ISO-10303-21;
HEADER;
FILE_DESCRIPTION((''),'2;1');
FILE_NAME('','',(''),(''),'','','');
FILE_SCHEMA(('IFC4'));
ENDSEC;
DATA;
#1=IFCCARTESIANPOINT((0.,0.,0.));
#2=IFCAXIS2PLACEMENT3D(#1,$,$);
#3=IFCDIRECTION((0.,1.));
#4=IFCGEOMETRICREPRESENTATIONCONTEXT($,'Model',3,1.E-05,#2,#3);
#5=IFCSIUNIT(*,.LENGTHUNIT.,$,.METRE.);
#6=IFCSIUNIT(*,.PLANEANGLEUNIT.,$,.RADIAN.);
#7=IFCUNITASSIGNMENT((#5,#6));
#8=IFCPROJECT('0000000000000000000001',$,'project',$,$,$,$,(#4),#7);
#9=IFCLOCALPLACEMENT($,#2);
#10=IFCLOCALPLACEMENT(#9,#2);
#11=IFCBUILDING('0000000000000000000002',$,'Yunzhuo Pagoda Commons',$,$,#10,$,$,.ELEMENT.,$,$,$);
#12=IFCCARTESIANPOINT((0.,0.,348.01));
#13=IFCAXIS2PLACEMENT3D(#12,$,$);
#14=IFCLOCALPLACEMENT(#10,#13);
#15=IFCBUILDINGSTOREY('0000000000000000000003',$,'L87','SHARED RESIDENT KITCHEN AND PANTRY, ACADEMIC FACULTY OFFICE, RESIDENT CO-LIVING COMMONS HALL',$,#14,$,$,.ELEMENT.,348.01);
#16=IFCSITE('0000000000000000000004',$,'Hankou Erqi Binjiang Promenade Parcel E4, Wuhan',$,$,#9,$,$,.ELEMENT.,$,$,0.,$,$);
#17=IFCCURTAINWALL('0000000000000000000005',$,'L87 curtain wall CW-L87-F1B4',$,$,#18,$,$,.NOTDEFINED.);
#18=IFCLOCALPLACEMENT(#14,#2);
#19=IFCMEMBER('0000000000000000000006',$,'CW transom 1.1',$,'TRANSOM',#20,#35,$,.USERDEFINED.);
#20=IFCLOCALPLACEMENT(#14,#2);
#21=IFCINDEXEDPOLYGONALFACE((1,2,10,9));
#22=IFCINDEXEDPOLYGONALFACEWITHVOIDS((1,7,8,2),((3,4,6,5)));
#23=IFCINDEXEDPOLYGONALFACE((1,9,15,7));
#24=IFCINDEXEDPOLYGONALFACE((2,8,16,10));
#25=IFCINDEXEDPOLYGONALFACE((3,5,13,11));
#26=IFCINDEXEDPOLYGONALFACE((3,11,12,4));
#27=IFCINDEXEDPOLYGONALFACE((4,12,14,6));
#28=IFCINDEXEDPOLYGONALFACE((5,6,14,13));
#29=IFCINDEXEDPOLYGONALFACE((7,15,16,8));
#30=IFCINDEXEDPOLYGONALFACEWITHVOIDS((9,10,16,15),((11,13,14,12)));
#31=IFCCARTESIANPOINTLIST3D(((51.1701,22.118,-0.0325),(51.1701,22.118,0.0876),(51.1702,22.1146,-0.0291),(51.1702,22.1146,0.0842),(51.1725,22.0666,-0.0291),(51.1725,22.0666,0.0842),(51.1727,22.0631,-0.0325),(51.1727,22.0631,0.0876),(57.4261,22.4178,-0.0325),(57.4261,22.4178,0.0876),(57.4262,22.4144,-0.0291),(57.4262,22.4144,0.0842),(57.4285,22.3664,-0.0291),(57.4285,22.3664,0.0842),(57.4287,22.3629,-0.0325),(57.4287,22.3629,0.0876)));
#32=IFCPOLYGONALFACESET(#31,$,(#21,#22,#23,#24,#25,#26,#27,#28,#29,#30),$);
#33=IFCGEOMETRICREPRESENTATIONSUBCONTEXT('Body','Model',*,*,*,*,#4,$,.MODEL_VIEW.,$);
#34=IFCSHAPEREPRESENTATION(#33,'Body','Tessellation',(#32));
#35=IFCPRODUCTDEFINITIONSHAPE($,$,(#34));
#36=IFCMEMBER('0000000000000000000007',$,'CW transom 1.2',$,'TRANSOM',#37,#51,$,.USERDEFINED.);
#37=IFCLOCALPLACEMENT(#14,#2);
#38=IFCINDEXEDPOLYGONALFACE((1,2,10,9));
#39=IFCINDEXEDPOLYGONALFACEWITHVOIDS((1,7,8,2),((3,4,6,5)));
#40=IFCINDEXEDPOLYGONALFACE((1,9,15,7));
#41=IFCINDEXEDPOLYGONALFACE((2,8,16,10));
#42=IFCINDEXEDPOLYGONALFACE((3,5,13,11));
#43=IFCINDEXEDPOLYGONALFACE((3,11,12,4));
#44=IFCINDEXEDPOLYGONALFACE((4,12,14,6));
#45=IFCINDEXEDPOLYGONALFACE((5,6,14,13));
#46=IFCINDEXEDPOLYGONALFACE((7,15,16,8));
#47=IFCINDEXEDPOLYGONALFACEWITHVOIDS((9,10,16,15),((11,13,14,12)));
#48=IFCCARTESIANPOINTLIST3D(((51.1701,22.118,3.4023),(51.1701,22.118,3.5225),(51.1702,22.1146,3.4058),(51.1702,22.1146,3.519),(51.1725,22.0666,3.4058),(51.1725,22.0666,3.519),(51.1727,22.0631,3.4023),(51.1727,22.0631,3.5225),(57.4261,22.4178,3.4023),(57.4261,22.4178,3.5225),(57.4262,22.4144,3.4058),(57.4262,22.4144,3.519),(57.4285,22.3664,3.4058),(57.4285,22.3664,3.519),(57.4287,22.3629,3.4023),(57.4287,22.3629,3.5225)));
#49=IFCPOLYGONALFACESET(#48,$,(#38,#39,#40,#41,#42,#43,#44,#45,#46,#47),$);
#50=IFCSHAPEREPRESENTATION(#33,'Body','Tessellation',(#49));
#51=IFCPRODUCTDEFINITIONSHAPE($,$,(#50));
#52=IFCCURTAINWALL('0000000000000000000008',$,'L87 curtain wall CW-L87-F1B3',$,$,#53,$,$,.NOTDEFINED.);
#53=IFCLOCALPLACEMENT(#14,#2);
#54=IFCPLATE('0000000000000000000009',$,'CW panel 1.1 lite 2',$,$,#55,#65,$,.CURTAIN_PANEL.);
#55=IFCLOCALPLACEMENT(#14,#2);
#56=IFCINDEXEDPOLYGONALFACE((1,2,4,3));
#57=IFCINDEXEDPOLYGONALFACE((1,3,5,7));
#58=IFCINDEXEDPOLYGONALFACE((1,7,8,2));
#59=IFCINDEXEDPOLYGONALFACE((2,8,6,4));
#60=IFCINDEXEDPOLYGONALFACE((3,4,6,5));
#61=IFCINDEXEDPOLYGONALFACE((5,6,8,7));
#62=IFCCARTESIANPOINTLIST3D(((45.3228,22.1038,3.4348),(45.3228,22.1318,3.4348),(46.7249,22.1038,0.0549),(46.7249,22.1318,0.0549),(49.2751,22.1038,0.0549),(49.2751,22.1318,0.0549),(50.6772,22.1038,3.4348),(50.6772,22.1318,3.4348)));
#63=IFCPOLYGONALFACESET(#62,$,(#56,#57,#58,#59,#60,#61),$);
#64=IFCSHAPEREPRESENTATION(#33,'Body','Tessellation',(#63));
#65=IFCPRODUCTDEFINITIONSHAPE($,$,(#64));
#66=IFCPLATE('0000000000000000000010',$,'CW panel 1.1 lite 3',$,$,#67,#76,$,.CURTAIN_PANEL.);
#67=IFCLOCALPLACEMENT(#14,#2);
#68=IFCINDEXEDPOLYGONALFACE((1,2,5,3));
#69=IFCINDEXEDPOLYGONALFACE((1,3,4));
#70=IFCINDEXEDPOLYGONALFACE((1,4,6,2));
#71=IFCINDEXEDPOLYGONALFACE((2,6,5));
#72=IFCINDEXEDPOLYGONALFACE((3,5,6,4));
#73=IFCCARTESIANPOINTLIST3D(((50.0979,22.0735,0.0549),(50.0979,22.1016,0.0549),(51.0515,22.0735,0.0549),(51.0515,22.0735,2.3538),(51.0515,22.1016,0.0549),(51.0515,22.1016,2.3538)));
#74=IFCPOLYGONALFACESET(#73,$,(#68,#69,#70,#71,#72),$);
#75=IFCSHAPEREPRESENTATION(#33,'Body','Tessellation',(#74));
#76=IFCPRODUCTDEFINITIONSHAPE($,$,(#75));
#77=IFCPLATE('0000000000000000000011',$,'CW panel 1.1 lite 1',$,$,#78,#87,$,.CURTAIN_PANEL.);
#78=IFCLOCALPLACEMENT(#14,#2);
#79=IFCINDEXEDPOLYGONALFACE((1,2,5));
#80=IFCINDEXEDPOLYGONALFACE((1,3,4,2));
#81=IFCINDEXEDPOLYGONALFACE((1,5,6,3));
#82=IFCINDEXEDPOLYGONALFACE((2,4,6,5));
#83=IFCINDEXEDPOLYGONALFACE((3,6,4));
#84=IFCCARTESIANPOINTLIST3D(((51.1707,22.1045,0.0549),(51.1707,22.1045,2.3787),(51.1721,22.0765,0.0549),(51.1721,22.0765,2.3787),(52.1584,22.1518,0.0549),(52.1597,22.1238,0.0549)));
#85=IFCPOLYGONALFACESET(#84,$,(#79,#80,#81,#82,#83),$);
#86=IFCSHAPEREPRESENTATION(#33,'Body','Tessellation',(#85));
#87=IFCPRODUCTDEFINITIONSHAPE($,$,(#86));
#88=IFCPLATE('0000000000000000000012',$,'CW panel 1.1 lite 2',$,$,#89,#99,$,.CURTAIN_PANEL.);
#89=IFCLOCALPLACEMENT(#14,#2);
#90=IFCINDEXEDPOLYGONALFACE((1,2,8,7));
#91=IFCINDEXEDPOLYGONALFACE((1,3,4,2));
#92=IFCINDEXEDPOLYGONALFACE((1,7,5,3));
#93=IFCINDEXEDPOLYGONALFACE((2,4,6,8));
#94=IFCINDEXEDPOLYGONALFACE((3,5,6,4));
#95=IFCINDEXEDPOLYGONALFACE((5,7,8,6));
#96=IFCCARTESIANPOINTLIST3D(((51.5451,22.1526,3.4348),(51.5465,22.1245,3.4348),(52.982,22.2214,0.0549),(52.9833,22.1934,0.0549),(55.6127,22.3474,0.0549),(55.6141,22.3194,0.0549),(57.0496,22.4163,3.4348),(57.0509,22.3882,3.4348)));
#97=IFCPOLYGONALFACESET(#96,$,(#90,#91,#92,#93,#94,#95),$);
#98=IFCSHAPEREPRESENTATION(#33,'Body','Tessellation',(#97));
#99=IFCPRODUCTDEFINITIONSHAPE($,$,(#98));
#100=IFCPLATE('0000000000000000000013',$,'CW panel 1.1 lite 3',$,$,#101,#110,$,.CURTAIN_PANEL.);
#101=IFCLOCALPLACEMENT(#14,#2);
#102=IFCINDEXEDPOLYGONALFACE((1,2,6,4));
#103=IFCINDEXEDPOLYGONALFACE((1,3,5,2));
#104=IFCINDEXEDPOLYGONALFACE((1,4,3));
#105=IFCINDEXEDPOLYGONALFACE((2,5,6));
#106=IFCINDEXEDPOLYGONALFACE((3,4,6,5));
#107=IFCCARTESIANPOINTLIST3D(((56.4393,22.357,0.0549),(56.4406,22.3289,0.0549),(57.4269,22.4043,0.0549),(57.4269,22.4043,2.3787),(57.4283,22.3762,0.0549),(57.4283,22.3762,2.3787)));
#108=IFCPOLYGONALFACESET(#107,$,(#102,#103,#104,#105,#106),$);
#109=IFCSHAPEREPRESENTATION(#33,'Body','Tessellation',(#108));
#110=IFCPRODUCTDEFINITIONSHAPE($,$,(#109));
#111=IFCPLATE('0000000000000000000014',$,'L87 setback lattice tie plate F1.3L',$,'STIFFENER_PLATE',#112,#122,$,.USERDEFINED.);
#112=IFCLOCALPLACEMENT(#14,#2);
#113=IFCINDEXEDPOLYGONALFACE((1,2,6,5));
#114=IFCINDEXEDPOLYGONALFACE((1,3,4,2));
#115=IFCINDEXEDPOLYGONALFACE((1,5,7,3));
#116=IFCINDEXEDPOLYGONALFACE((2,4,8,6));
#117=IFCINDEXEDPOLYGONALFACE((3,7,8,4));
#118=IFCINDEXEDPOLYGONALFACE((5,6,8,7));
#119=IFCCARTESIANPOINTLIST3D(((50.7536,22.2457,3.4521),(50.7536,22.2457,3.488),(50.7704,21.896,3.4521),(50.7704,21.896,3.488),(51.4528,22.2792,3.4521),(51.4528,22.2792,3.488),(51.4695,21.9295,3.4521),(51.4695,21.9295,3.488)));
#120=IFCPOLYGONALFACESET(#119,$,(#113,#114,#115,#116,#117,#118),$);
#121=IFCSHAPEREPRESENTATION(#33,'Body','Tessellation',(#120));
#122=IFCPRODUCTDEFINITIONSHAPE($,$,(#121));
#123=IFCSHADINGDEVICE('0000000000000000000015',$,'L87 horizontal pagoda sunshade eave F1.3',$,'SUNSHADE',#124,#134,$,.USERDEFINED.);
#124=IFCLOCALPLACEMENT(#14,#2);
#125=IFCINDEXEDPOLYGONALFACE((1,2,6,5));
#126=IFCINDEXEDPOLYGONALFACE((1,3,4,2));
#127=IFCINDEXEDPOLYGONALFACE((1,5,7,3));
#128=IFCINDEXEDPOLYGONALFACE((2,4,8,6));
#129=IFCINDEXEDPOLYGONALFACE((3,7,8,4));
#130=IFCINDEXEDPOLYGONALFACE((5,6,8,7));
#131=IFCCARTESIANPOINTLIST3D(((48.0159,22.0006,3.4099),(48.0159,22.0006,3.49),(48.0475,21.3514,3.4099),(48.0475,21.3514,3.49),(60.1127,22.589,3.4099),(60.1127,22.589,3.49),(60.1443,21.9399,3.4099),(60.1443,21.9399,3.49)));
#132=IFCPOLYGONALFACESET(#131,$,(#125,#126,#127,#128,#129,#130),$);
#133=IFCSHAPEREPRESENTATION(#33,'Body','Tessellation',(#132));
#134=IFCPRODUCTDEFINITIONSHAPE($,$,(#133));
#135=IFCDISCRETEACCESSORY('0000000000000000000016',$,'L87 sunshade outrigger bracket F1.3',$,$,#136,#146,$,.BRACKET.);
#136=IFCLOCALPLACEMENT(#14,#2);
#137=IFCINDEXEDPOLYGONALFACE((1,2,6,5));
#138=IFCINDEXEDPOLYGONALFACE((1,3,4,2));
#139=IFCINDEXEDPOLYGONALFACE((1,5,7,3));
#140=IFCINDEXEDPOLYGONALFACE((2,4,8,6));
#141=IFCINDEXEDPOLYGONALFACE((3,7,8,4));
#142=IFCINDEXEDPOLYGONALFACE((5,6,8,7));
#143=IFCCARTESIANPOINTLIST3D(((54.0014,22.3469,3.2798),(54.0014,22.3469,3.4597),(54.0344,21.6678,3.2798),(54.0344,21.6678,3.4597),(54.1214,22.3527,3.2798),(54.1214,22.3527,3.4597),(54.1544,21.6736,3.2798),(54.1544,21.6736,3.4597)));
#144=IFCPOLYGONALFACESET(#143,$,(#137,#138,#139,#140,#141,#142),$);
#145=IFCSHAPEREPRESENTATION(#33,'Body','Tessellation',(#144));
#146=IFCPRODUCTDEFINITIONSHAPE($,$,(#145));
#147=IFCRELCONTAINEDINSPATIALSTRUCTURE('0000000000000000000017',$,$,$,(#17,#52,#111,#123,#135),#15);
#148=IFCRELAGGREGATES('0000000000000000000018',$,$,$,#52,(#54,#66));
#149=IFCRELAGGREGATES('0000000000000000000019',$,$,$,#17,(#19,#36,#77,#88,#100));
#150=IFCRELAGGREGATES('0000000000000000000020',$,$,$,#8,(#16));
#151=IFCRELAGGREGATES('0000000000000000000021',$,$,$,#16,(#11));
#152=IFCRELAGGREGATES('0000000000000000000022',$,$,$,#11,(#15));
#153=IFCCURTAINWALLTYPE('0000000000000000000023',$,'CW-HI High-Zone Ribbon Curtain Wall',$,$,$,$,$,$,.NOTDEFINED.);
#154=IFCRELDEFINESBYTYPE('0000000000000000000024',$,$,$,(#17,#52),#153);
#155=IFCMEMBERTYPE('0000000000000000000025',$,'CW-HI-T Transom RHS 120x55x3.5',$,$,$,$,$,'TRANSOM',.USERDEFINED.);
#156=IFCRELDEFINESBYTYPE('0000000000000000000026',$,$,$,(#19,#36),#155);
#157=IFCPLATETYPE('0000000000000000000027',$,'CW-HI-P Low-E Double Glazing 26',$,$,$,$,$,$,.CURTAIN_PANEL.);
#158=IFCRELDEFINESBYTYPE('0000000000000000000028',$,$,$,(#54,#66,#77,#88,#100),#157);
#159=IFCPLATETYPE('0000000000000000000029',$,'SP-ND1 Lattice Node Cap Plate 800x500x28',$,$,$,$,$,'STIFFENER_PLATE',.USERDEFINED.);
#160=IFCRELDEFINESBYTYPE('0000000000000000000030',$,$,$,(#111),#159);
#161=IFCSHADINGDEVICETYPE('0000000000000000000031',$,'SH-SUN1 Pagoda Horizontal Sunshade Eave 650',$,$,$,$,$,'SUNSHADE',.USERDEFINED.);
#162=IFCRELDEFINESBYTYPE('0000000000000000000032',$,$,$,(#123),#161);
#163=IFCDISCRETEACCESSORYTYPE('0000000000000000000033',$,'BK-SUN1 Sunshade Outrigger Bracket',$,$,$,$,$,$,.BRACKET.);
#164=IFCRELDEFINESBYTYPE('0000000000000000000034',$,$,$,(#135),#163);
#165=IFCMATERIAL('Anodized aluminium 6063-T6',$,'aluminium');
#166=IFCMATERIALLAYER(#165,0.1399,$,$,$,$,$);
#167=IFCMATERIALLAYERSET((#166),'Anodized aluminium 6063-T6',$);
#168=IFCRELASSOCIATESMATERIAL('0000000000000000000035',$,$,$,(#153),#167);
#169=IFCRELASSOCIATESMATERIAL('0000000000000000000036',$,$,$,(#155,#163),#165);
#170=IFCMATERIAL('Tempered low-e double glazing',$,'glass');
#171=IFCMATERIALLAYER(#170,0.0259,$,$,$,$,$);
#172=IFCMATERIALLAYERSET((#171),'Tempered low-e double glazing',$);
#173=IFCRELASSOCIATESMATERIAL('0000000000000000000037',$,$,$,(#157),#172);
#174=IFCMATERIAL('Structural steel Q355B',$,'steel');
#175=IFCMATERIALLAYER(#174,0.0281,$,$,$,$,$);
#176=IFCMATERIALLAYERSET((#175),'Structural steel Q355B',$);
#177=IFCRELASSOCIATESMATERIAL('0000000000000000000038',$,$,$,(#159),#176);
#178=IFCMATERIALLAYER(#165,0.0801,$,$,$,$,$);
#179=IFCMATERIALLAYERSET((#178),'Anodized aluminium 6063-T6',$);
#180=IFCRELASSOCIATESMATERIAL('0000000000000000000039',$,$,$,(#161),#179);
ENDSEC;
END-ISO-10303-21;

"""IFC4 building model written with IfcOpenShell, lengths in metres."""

from ifc_helpers import new_model, si_unit, direction, frame, origin, origin_2d, place, context, subcontext, project, spatial, polyline, rectangle, hollow_rectangle, outline, extrude, source, transform, mapped, material, layer, layer_set, material_profile, profile_set, type_object, element, aggregate, save


model = new_model("IFC4")

# Units and contexts
model_context = context("Model", 3, precision=1e-05, world=origin(), true_north=direction((0.0, 1.0)))
body_context = subcontext(model_context, "Body", "Model", "MODEL_VIEW")
ifc_project = project(units=[si_unit("LENGTHUNIT", "METRE"), si_unit("PLANEANGLEUNIT", "RADIAN")], contexts=[model_context])

# Site, building, storey
site_placement = place(None, origin())
site = spatial("IfcSite", under=ifc_project, at=site_placement, Name="Hankou Erqi Binjiang Promenade Parcel E4, Wuhan", CompositionType="ELEMENT", RefElevation=0.0)
building_placement = place(site_placement, origin())
building = spatial("IfcBuilding", under=site, at=building_placement, Name="Yunzhuo Pagoda Commons", CompositionType="ELEMENT")
storey_placement = place(building_placement, frame((0.0, 0.0, 348.01)))
storey = spatial("IfcBuildingStorey", under=building, at=storey_placement, Name="L87", Description="SHARED RESIDENT KITCHEN AND PANTRY, ACADEMIC FACULTY OFFICE, RESIDENT CO-LIVING COMMONS HALL", CompositionType="ELEMENT", Elevation=348.01)

# Shared definitions
ifc_material_1 = material(Name="Structural steel Q355B", Category="steel")

# Curtain wall, members
ifc_material_2 = material(Name="Anodized aluminium 6063-T6", Category="aluminium")
ifc_layer_1 = layer(ifc_material_2, 0.1399)
ifc_layer_set_1 = layer_set([ifc_layer_1], Name="Anodized aluminium 6063-T6")
curtain_wall_type = type_object("IfcCurtainWallType", Name="CW-HI High-Zone Ribbon Curtain Wall", PredefinedType="NOTDEFINED", material=ifc_layer_set_1)
curtain_wall_1_placement = place(storey_placement, origin())
curtain_wall_1 = element("IfcCurtainWall", 1, at=curtain_wall_1_placement, inside=storey, type_object=curtain_wall_type, Name="L87 curtain wall CW-L87-F1B4", PredefinedType="NOTDEFINED")
ifc_material_profile_1 = material_profile(ifc_material_2, hollow_rectangle(XDim=0.0549, YDim=0.1201, WallThickness=0.0034, at=origin_2d()), Name="Anodized aluminium 6063-T6")
ifc_profile_set_1 = profile_set([ifc_material_profile_1], Name="Anodized aluminium 6063-T6")
member_type_1 = type_object("IfcMemberType", Name="CW-HI-T Transom RHS 120x55x3.5", ElementType="TRANSOM", PredefinedType="USERDEFINED", material=ifc_profile_set_1)
shared_shape_1 = source(origin(), body_context, "Body", "SweptSolid", [
    extrude(hollow_rectangle(XDim=0.0549, YDim=0.1201, WallThickness=0.0034, at=origin_2d()), origin(), (0.0, 0.0, 1.0), 6.2632),
])
member_1_placement = place(storey_placement, frame((51.1714, 22.0906, 0.0276), z_axis=(0.998854, 0.047867, 0.0), x_axis=(-0.047867, 0.998854, 0.0)))
member_1 = element("IfcMember", 2, at=member_1_placement, type_object=member_type_1, Name="CW transom 1.1", ObjectType="TRANSOM", PredefinedType="USERDEFINED", context=body_context, shape_type="MappedRepresentation", body=[
    mapped(shared_shape_1, transform((0.0, 0.0, 0.0), scale=1.0)),
])
member_2_placement = place(storey_placement, frame((51.1714, 22.0906, 3.4624), z_axis=(0.998854, 0.047867, 0.0), x_axis=(-0.047867, 0.998854, 0.0)))
member_2 = element("IfcMember", 3, at=member_2_placement, type_object=member_type_1, Name="CW transom 1.2", ObjectType="TRANSOM", PredefinedType="USERDEFINED", context=body_context, shape_type="MappedRepresentation", body=[
    mapped(shared_shape_1, transform((0.0, 0.0, 0.0), scale=1.0)),
])

# Curtain wall, plates
curtain_wall_2_placement = place(storey_placement, origin())
curtain_wall_2 = element("IfcCurtainWall", 4, at=curtain_wall_2_placement, inside=storey, type_object=curtain_wall_type, Name="L87 curtain wall CW-L87-F1B3", PredefinedType="NOTDEFINED")
ifc_material_3 = material(Name="Tempered low-e double glazing", Category="glass")
ifc_layer_2 = layer(ifc_material_3, 0.0259)
ifc_layer_set_2 = layer_set([ifc_layer_2], Name="Tempered low-e double glazing")
plate_type_1 = type_object("IfcPlateType", Name="CW-HI-P Low-E Double Glazing 26", PredefinedType="CURTAIN_PANEL", material=ifc_layer_set_2)
plate_1_placement = place(storey_placement, frame((48.0, 22.1318, 1.7449), z_axis=(0.0, -1.0, 0.0), x_axis=(1.0, 0.0, 0.0)))
plate_1 = element("IfcPlate", 5, at=plate_1_placement, type_object=plate_type_1, Name="CW panel 1.1 lite 2", PredefinedType="CURTAIN_PANEL", context=body_context, shape_type="SweptSolid", body=[
    extrude(outline(polyline([(-2.6772, 1.6899), (-1.2751, -1.6899), (1.2751, -1.6899), (2.6772, 1.6899), (-2.6772, 1.6899)])), origin(), (0.0, 0.0, 1.0), 0.0281),
])
plate_2_placement = place(storey_placement, frame((50.5747, 22.1016, 1.2043), z_axis=(0.0, -1.0, 0.0), x_axis=(1.0, 0.0, 0.0)))
plate_2 = element("IfcPlate", 6, at=plate_2_placement, type_object=plate_type_1, Name="CW panel 1.1 lite 3", PredefinedType="CURTAIN_PANEL", context=body_context, shape_type="SweptSolid", body=[
    extrude(outline(polyline([(-0.4768, -1.1494), (0.4768, -1.1494), (0.4768, 1.1494), (-0.4768, -1.1494)])), origin(), (0.0, 0.0, 1.0), 0.0281),
])
aggregate(curtain_wall_2, [plate_1, plate_2])

# Plates
plate_3_placement = place(storey_placement, frame((51.6646, 22.1282, 1.2168), z_axis=(0.047859, -0.998854, 0.0), x_axis=(0.998854, 0.047859, 0.0)))
plate_3 = element("IfcPlate", 7, at=plate_3_placement, type_object=plate_type_1, Name="CW panel 1.1 lite 1", PredefinedType="CURTAIN_PANEL", context=body_context, shape_type="SweptSolid", body=[
    extrude(outline(polyline([(-0.4944, -1.1619), (0.4944, -1.1619), (-0.4944, 1.1619), (-0.4944, -1.1619)])), origin(), (0.0, 0.0, 1.0), 0.0281),
])
plate_4_placement = place(storey_placement, frame((54.2974, 22.2844, 1.7449), z_axis=(0.047859, -0.998854, 0.0), x_axis=(0.998854, 0.047859, 0.0)))
plate_4 = element("IfcPlate", 8, at=plate_4_placement, type_object=plate_type_1, Name="CW panel 1.1 lite 2", PredefinedType="CURTAIN_PANEL", context=body_context, shape_type="SweptSolid", body=[
    extrude(outline(polyline([(-2.7554, 1.6899), (-1.3169, -1.6899), (1.3169, -1.6899), (2.7554, 1.6899), (-2.7554, 1.6899)])), origin(), (0.0, 0.0, 1.0), 0.0281),
])
plate_5_placement = place(storey_placement, frame((56.9331, 22.3806, 1.2168), z_axis=(0.047859, -0.998854, 0.0), x_axis=(0.998854, 0.047859, 0.0)))
plate_5 = element("IfcPlate", 9, at=plate_5_placement, type_object=plate_type_1, Name="CW panel 1.1 lite 3", PredefinedType="CURTAIN_PANEL", context=body_context, shape_type="SweptSolid", body=[
    extrude(outline(polyline([(-0.4944, -1.1619), (0.4944, -1.1619), (0.4944, 1.1619), (-0.4944, -1.1619)])), origin(), (0.0, 0.0, 1.0), 0.0281),
])
aggregate(curtain_wall_1, [member_1, member_2, plate_3, plate_4, plate_5])
ifc_layer_3 = layer(ifc_material_1, 0.0281)
ifc_layer_set_3 = layer_set([ifc_layer_3], Name="Structural steel Q355B")
plate_type_2 = type_object("IfcPlateType", Name="SP-ND1 Lattice Node Cap Plate 800x500x28", ElementType="STIFFENER_PLATE", PredefinedType="USERDEFINED", material=ifc_layer_set_3)
shared_shape_2 = source(origin(), body_context, "Body", "SweptSolid", [
    extrude(rectangle(XDim=0.7, YDim=0.3501, at=origin_2d()), origin(), (0.0, 0.0, 1.0), 0.0359),
])
plate_6_placement = place(storey_placement, frame((51.1116, 22.0876, 3.4521), z_axis=(0.0, 0.0, 1.0), x_axis=(0.998854, 0.047856, 0.0)))
element("IfcPlate", 10, at=plate_6_placement, inside=storey, type_object=plate_type_2, Name="L87 setback lattice tie plate F1.3L", ObjectType="STIFFENER_PLATE", PredefinedType="USERDEFINED", context=body_context, shape_type="MappedRepresentation", body=[
    mapped(shared_shape_2, transform((0.0, 0.0, 0.0), scale=1.0)),
])

# Shading device
ifc_layer_4 = layer(ifc_material_2, 0.0801)
ifc_layer_set_4 = layer_set([ifc_layer_4], Name="Anodized aluminium 6063-T6")
shading_device_type = type_object("IfcShadingDeviceType", Name="SH-SUN1 Pagoda Horizontal Sunshade Eave 650", ElementType="SUNSHADE", PredefinedType="USERDEFINED", material=ifc_layer_set_4)
shared_shape_3 = source(origin(), body_context, "Body", "SweptSolid", [
    extrude(rectangle(XDim=12.1111, YDim=0.6499, at=origin_2d()), origin(), (0.0, 0.0, 1.0), 0.0801),
])
shading_device_placement = place(storey_placement, frame((54.0801, 21.9702, 3.4099), z_axis=(0.0, 0.0, 1.0), x_axis=(0.998819, 0.048588, 0.0)))
element("IfcShadingDevice", 11, at=shading_device_placement, inside=storey, type_object=shading_device_type, Name="L87 horizontal pagoda sunshade eave F1.3", ObjectType="SUNSHADE", PredefinedType="USERDEFINED", context=body_context, shape_type="MappedRepresentation", body=[
    mapped(shared_shape_3, transform((0.0, 0.0, 0.0), scale=1.0)),
])

# Discrete accessory
discrete_accessory_type = type_object("IfcDiscreteAccessoryType", Name="BK-SUN1 Sunshade Outrigger Bracket", PredefinedType="BRACKET", material=ifc_material_2)
shared_shape_4 = source(origin(), body_context, "Body", "SweptSolid", [
    extrude(rectangle(XDim=0.1201, YDim=0.6799, at=origin_2d()), origin(), (0.0, 0.0, 1.0), 0.1799),
])
discrete_accessory_placement = place(storey_placement, frame((54.0779, 22.0103, 3.2798), z_axis=(0.0, 0.0, 1.0), x_axis=(0.998819, 0.048588, 0.0)))
element("IfcDiscreteAccessory", 12, at=discrete_accessory_placement, inside=storey, type_object=discrete_accessory_type, Name="L87 sunshade outrigger bracket F1.3", PredefinedType="BRACKET", context=body_context, shape_type="MappedRepresentation", body=[
    mapped(shared_shape_4, transform((0.0, 0.0, 0.0), scale=1.0)),
])

save(model, "model.ifc")
